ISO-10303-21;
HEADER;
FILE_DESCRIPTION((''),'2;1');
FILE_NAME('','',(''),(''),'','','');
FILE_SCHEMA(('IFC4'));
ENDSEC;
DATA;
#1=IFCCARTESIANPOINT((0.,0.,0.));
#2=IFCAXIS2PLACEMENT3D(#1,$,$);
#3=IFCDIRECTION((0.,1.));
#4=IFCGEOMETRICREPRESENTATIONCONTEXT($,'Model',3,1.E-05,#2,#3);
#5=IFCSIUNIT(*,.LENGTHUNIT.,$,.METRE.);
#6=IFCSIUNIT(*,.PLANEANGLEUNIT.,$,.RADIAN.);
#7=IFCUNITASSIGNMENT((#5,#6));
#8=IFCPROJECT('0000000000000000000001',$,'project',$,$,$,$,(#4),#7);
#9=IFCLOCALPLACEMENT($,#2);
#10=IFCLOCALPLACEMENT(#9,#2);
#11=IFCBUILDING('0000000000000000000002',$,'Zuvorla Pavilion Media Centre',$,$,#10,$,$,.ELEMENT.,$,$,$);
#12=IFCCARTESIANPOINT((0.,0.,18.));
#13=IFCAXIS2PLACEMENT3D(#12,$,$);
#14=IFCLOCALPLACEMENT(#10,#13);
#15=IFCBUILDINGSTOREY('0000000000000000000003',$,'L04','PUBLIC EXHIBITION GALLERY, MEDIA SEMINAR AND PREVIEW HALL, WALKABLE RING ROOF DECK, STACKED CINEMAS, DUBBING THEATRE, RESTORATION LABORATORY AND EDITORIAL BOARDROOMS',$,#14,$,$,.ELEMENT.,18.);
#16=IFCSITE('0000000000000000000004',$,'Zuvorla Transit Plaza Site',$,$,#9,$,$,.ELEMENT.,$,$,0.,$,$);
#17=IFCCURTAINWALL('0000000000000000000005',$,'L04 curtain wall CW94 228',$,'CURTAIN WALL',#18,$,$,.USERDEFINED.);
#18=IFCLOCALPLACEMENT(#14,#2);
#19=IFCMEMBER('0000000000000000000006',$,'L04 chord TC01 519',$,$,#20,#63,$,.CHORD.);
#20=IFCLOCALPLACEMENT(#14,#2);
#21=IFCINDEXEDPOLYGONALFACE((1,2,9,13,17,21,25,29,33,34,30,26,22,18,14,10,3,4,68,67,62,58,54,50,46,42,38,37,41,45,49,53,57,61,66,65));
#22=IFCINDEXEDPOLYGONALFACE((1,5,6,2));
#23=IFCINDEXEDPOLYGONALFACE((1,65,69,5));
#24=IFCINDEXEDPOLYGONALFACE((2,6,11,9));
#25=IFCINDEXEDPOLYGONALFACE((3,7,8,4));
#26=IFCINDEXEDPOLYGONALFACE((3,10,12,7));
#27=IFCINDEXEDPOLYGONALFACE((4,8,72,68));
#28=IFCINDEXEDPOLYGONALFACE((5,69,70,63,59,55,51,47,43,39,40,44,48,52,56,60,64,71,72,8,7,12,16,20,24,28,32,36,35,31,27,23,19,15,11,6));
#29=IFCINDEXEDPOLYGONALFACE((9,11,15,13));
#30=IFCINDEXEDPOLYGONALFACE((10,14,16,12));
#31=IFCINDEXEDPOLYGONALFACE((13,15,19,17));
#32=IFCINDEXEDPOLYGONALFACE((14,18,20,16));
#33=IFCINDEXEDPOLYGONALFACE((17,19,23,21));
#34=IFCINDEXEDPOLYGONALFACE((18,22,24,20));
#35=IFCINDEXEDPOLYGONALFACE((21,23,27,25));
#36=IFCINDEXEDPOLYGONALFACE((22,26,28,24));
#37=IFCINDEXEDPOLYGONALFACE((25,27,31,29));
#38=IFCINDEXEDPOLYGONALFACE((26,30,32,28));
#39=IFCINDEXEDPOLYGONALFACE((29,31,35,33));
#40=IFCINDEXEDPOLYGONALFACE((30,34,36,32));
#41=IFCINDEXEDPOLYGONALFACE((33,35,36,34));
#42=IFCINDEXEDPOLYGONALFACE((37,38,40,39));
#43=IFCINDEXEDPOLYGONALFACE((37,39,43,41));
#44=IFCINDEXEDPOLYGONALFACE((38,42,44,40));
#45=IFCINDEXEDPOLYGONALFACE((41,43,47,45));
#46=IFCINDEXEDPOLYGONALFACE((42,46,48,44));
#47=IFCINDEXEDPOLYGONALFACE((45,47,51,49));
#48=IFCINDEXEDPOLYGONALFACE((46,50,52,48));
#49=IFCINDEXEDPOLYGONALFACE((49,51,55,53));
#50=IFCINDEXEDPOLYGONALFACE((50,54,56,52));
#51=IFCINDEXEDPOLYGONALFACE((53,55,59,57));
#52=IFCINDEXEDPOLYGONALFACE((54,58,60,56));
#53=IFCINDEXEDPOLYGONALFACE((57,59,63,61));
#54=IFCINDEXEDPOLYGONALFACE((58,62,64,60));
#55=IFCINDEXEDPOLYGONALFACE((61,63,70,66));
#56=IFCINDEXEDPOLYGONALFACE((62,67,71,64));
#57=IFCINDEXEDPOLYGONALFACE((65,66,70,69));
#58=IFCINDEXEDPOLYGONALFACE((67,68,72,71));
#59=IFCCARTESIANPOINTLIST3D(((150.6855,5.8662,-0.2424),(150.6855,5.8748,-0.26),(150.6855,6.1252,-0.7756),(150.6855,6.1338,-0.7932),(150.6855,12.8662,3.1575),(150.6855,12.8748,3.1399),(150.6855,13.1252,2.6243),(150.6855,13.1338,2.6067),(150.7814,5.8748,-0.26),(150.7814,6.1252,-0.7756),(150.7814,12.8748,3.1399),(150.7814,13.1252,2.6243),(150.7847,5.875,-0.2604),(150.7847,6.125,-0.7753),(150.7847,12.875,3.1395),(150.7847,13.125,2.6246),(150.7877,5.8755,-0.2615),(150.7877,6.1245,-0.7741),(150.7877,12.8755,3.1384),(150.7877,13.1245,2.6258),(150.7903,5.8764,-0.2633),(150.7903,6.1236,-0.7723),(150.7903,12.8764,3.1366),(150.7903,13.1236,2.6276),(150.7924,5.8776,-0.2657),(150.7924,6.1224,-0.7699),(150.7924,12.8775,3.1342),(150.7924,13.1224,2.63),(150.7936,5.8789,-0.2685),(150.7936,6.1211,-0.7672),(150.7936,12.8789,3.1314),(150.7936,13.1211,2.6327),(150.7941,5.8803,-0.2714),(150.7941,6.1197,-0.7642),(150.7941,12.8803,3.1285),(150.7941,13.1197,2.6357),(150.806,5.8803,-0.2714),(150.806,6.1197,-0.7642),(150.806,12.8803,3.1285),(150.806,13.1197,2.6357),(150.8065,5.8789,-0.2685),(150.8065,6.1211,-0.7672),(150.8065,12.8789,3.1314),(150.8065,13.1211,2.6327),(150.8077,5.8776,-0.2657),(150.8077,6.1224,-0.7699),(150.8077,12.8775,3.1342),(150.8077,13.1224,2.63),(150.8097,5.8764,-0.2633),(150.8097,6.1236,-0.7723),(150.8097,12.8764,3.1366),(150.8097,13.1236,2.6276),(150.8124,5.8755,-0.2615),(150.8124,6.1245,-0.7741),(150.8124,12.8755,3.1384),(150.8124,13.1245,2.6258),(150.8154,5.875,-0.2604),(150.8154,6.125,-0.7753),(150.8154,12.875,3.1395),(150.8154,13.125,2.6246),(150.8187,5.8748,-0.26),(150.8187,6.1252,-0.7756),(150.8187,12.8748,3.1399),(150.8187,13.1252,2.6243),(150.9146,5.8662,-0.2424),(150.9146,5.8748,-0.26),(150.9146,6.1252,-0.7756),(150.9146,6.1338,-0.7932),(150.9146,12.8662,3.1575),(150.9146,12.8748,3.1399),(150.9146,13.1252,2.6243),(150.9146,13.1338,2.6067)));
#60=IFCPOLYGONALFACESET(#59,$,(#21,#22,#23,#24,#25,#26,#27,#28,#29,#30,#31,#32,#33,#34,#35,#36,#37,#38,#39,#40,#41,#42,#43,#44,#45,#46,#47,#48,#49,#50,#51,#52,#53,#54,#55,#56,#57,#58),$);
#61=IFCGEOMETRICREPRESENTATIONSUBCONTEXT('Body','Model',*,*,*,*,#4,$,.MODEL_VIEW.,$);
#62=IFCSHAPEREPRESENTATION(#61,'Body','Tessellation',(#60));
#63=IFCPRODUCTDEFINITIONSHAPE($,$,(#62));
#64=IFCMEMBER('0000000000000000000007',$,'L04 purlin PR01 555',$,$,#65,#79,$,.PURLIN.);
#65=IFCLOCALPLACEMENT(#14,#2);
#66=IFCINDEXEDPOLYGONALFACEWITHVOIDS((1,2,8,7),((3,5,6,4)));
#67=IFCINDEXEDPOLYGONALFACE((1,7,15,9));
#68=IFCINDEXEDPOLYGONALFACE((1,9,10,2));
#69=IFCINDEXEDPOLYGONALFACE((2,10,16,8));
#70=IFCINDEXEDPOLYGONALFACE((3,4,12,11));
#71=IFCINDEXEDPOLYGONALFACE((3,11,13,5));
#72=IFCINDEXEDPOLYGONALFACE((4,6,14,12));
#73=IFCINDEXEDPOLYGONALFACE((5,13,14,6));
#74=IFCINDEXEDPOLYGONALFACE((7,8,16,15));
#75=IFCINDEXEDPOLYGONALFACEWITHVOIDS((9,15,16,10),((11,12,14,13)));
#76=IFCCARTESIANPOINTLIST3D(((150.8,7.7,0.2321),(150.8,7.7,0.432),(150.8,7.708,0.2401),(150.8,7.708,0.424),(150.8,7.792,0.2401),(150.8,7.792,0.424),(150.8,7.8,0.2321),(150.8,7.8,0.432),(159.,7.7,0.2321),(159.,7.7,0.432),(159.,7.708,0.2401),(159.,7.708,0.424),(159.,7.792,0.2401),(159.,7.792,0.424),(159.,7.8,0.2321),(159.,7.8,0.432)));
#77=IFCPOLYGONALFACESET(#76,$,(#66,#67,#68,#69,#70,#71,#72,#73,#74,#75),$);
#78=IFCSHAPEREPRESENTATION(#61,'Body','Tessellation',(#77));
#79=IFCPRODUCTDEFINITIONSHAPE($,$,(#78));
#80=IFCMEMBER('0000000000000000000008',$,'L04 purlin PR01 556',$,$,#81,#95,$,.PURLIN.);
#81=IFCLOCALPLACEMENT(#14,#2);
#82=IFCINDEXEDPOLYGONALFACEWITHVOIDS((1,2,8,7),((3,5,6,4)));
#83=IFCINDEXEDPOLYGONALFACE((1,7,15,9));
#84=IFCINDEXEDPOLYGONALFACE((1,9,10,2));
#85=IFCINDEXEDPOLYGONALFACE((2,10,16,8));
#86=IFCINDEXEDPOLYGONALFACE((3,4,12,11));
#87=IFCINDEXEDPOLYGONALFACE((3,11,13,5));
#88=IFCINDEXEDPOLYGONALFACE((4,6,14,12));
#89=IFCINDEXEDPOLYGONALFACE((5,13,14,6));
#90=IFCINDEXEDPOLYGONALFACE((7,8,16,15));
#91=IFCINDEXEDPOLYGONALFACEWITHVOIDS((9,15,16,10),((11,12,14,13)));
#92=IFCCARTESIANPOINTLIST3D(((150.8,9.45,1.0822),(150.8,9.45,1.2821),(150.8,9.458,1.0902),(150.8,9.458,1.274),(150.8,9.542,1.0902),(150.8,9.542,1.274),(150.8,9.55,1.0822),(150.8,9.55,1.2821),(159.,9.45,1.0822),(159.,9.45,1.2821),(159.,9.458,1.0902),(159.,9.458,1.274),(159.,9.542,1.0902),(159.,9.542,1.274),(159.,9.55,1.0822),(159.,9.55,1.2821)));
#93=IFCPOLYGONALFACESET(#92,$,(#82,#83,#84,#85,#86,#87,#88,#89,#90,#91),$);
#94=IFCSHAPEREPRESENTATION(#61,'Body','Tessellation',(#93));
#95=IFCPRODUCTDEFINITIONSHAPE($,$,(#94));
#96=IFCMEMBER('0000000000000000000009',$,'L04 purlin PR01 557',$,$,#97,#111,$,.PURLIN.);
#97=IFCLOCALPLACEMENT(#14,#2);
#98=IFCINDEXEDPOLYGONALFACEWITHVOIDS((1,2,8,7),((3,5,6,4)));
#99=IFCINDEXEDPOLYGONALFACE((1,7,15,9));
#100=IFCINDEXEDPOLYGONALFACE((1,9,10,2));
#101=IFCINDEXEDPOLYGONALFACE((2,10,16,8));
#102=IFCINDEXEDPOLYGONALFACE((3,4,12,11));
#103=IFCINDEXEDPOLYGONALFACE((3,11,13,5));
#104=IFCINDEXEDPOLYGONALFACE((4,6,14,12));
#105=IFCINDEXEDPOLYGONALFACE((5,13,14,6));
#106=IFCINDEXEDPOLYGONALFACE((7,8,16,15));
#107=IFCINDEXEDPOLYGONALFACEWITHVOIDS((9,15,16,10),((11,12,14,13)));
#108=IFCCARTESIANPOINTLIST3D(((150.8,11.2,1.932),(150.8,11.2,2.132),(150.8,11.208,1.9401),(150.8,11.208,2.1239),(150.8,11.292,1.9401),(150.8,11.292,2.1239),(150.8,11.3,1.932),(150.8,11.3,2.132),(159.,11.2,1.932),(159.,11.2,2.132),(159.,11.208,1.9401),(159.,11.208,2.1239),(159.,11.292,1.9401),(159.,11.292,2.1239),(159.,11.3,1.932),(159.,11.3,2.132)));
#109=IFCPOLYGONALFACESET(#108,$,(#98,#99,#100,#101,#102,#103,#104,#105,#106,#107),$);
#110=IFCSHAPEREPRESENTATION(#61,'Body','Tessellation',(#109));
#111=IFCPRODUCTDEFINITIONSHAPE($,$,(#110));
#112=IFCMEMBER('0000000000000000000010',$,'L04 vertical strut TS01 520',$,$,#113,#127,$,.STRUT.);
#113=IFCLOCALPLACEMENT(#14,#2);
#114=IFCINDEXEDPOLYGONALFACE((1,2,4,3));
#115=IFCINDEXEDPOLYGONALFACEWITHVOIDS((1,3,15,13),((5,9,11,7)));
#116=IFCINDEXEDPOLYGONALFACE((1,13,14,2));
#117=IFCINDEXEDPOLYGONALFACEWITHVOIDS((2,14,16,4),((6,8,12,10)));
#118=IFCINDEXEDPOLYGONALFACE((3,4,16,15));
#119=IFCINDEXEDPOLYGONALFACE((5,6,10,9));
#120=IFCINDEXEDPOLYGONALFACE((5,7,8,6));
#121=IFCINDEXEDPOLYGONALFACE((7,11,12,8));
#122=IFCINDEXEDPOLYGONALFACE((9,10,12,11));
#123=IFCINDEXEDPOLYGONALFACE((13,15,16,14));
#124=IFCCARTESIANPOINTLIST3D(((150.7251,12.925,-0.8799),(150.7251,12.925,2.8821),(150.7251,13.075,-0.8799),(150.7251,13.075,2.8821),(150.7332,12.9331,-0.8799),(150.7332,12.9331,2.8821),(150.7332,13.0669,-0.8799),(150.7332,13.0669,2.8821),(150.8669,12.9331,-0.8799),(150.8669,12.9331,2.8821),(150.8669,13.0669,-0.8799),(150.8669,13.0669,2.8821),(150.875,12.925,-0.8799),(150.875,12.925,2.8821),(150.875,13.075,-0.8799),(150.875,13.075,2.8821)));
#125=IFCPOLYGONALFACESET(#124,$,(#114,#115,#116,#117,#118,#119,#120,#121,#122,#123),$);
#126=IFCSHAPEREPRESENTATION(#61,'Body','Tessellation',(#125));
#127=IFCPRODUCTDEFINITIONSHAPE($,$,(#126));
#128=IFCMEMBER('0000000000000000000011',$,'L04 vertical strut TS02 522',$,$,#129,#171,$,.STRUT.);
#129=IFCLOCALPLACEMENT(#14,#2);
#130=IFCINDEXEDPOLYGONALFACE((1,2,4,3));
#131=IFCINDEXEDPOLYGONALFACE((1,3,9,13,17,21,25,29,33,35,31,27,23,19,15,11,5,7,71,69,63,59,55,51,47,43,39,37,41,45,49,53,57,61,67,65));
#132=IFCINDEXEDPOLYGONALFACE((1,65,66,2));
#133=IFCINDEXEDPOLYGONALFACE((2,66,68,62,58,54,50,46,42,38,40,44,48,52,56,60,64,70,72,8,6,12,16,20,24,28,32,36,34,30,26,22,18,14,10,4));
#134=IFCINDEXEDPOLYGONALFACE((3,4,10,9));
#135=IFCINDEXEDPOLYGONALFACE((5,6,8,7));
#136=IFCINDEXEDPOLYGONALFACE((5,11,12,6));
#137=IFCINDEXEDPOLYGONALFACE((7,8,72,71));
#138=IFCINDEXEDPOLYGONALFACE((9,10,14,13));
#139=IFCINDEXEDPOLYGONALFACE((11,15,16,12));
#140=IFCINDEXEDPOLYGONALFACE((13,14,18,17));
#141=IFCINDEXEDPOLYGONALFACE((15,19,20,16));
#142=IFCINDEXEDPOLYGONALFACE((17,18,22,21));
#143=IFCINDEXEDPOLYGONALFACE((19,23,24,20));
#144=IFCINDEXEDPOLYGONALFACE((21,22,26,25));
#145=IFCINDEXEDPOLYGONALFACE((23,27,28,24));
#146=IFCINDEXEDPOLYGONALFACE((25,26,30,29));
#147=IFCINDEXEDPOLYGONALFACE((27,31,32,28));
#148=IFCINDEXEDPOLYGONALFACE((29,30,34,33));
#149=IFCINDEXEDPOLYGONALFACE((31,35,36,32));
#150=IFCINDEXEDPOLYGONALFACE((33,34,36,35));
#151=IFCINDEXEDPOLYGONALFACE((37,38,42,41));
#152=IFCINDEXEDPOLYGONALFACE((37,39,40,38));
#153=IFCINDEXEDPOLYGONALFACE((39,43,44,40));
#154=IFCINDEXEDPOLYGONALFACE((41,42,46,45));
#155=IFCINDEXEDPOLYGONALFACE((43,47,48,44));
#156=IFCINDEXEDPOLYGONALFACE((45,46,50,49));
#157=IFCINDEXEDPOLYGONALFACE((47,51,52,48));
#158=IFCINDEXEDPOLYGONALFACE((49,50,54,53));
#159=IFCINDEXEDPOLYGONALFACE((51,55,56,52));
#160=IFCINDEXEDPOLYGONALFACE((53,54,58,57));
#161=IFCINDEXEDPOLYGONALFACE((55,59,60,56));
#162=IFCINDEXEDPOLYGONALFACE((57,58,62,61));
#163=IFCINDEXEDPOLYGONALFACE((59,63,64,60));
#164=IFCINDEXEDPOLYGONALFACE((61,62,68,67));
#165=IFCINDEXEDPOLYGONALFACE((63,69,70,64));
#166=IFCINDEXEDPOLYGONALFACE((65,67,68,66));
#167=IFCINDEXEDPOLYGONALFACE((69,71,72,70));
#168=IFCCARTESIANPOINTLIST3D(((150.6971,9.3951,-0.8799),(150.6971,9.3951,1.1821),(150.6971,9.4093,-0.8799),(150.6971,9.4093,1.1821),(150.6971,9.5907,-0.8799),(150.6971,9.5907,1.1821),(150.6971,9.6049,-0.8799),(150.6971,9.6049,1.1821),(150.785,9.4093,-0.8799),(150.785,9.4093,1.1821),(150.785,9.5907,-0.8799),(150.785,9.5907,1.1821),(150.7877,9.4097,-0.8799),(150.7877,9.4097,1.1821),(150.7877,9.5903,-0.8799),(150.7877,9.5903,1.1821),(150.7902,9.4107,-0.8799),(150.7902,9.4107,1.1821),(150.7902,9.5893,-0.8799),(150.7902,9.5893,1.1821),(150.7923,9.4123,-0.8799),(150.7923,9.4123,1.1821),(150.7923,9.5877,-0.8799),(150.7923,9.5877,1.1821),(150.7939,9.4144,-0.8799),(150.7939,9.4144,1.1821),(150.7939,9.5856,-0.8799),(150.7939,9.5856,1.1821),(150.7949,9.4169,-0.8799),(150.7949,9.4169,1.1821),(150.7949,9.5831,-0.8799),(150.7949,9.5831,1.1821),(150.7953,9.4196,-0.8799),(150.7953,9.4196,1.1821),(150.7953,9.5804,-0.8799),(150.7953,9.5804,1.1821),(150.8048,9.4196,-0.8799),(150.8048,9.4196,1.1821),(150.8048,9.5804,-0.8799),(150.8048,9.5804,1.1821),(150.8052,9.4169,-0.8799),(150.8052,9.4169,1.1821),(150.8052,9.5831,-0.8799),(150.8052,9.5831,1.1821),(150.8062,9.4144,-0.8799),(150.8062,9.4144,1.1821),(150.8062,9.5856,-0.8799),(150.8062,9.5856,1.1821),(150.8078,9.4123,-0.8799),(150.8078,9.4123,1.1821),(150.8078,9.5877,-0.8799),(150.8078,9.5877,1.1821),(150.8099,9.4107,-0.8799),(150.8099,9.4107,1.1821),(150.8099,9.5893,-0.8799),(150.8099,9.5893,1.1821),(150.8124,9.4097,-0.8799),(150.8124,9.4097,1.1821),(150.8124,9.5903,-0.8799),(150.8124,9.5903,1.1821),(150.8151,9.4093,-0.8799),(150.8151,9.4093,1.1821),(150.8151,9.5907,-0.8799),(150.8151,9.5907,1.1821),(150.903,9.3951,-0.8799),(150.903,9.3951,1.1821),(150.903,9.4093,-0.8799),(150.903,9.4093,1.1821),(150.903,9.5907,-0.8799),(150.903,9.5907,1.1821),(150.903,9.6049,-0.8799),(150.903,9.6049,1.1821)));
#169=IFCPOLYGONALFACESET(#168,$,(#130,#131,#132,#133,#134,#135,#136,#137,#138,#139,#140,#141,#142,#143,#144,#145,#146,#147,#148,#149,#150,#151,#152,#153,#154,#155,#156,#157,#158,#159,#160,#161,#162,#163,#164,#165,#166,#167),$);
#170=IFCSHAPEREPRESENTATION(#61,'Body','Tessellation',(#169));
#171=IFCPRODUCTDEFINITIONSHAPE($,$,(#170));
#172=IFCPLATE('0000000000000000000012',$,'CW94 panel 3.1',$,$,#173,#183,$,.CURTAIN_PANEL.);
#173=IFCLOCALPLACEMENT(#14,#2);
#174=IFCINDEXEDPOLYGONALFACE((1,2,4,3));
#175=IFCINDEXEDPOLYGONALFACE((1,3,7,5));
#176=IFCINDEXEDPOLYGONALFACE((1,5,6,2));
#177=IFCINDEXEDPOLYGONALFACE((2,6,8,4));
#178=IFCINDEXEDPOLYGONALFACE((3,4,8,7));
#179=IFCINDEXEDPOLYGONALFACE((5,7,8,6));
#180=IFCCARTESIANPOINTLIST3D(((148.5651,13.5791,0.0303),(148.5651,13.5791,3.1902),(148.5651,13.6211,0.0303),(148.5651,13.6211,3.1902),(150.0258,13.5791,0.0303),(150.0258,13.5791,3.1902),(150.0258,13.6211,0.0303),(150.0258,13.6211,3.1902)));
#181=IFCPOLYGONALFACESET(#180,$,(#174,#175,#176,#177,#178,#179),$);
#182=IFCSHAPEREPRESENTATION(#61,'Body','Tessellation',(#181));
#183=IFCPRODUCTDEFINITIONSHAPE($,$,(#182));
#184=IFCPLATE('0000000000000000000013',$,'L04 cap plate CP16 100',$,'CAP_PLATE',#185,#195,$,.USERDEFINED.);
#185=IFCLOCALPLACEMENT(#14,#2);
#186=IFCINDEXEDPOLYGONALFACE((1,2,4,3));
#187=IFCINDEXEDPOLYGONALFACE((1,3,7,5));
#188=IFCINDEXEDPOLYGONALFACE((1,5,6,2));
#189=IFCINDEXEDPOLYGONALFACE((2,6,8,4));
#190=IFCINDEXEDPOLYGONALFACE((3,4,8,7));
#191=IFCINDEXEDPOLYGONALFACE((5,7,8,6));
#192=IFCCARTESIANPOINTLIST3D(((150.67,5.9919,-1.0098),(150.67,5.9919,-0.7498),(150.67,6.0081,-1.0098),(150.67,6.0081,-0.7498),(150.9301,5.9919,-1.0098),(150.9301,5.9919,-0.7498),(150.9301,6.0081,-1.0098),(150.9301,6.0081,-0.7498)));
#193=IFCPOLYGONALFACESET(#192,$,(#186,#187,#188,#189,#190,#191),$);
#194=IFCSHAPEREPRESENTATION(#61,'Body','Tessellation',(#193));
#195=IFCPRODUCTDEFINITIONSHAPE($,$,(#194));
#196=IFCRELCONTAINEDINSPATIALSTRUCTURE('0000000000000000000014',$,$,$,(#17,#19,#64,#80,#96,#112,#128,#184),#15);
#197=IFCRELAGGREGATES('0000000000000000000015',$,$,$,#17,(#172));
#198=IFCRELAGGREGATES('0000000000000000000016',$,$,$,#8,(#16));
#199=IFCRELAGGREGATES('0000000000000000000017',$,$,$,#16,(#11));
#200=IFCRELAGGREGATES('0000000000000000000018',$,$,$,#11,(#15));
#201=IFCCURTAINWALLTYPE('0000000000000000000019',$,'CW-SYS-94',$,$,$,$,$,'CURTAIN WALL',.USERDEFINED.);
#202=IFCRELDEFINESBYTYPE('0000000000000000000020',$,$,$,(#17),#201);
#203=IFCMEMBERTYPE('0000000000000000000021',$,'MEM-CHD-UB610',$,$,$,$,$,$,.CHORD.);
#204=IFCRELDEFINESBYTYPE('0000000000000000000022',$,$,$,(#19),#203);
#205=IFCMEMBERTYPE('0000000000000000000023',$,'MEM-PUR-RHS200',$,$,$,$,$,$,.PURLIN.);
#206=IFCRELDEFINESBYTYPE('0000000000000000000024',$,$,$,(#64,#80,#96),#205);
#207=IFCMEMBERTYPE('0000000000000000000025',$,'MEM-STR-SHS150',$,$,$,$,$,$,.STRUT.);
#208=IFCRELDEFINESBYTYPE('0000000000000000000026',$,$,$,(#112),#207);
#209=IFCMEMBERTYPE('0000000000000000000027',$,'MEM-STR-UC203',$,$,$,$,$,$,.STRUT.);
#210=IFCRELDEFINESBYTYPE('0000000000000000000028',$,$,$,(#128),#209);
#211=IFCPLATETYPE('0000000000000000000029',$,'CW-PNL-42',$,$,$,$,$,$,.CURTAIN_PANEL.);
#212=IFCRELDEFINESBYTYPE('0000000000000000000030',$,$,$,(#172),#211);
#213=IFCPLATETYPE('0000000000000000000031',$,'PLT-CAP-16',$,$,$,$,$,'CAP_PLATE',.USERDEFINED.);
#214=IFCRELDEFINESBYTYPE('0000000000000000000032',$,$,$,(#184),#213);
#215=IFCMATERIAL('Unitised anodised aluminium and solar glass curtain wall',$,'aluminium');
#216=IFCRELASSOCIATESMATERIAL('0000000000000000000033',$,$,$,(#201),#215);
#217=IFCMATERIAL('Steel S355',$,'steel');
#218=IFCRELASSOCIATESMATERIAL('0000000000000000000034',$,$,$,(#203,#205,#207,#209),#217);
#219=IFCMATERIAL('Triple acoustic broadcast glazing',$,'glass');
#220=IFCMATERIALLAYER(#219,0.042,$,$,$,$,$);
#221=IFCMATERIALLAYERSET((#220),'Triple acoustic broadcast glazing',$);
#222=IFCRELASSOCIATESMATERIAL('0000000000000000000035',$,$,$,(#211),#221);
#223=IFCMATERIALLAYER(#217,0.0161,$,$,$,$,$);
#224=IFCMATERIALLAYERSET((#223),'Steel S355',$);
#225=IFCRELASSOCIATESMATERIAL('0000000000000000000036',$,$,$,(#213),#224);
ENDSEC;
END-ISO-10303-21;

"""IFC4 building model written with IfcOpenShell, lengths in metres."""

from ifc_helpers import new_model, si_unit, direction, frame, origin, origin_2d, place, context, subcontext, project, spatial, rectangle, hollow_rectangle, i_section, extrude, material, layer, layer_set, material_profile, profile_set, type_object, element, aggregate, save


model = new_model("IFC4")

# Units and contexts
model_context = context("Model", 3, precision=1e-05, world=origin(), true_north=direction((0.0, 1.0)))
body_context = subcontext(model_context, "Body", "Model", "MODEL_VIEW")
ifc_project = project(units=[si_unit("LENGTHUNIT", "METRE"), si_unit("PLANEANGLEUNIT", "RADIAN")], contexts=[model_context])

# Site, building, storey
site_placement = place(None, origin())
site = spatial("IfcSite", under=ifc_project, at=site_placement, Name="Zuvorla Transit Plaza Site", CompositionType="ELEMENT", RefElevation=0.0)
building_placement = place(site_placement, origin())
building = spatial("IfcBuilding", under=site, at=building_placement, Name="Zuvorla Pavilion Media Centre", CompositionType="ELEMENT")
storey_placement = place(building_placement, frame((0.0, 0.0, 18.0)))
storey = spatial("IfcBuildingStorey", under=building, at=storey_placement, Name="L04", Description="PUBLIC EXHIBITION GALLERY, MEDIA SEMINAR AND PREVIEW HALL, WALKABLE RING ROOF DECK, STACKED CINEMAS, DUBBING THEATRE, RESTORATION LABORATORY AND EDITORIAL BOARDROOMS", CompositionType="ELEMENT", Elevation=18.0)

# Shared definitions
ifc_material_1 = material(Name="Steel S355", Category="steel")

# Curtain wall
ifc_material_2 = material(Name="Unitised anodised aluminium and solar glass curtain wall", Category="aluminium")
curtain_wall_type = type_object("IfcCurtainWallType", Name="CW-SYS-94", ElementType="CURTAIN WALL", PredefinedType="USERDEFINED", material=ifc_material_2)
curtain_wall_placement = place(storey_placement, origin())
curtain_wall = element("IfcCurtainWall", 1, at=curtain_wall_placement, inside=storey, type_object=curtain_wall_type, Name="L04 curtain wall CW94 228", ObjectType="CURTAIN WALL", PredefinedType="USERDEFINED")

# Members
ifc_material_profile_1 = material_profile(ifc_material_1, i_section(OverallWidth=0.229, OverallDepth=0.6123, WebThickness=0.012, FlangeThickness=0.0195, FilletRadius=0.0127, at=origin_2d()), Name="UB 610x229x125")
ifc_profile_set_1 = profile_set([ifc_material_profile_1], Name="Steel S355")
member_type_1 = type_object("IfcMemberType", Name="MEM-CHD-UB610", PredefinedType="CHORD", material=ifc_profile_set_1)
member_1_placement = place(storey_placement, frame((150.8, 6.0, -0.5178), z_axis=(0.0, 0.899513, 0.436894), x_axis=(-1.0, 0.0, 0.0)))
element("IfcMember", 2, at=member_1_placement, inside=storey, type_object=member_type_1, Name="L04 chord TC01 519", PredefinedType="CHORD", context=body_context, shape_type="SweptSolid", body=[
    extrude(i_section(OverallWidth=0.229, OverallDepth=0.6123, WebThickness=0.012, FlangeThickness=0.0195, FilletRadius=0.0127, at=origin_2d()), origin(), (0.0, 0.0, 1.0), 7.782),
])
ifc_material_profile_2 = material_profile(ifc_material_1, hollow_rectangle(XDim=0.1001, YDim=0.2, WallThickness=0.0081, at=origin_2d()), Name="RHS 200x100x8")
ifc_profile_set_2 = profile_set([ifc_material_profile_2], Name="Steel S355")
member_type_2 = type_object("IfcMemberType", Name="MEM-PUR-RHS200", PredefinedType="PURLIN", material=ifc_profile_set_2)
for number, where, z_axis, x_axis, name in (
    (3, (150.8, 7.75, 0.332), (1.0, 0.0, 0.0), (0.0, 1.0, 0.0), "L04 purlin PR01 555"),
    (4, (150.8, 9.5, 1.1821), (1.0, 0.0, 0.0), (0.0, 1.0, 0.0), "L04 purlin PR01 556"),
    (5, (150.8, 11.25, 2.032), (1.0, 0.0, 0.0), (0.0, 1.0, 0.0), "L04 purlin PR01 557"),
):
    element("IfcMember", number, at=place(storey_placement, frame(where, z_axis=z_axis, x_axis=x_axis)), inside=storey, type_object=member_type_2, Name=name, PredefinedType="PURLIN", context=body_context, shape_type="SweptSolid", body=[
        extrude(hollow_rectangle(XDim=0.1001, YDim=0.2, WallThickness=0.0081, at=origin_2d()), origin(), (0.0, 0.0, 1.0), 8.2),
    ])
ifc_material_profile_3 = material_profile(ifc_material_1, hollow_rectangle(XDim=0.1499, YDim=0.1499, WallThickness=0.0081, at=origin_2d()), Name="SHS 150x150x8")
ifc_profile_set_3 = profile_set([ifc_material_profile_3], Name="Steel S355")
member_type_3 = type_object("IfcMemberType", Name="MEM-STR-SHS150", PredefinedType="STRUT", material=ifc_profile_set_3)
member_2_placement = place(storey_placement, frame((150.8, 13.0, -0.8799), z_axis=(0.0, 0.0, 1.0), x_axis=(1.0, 0.0, 0.0)))
element("IfcMember", 6, at=member_2_placement, inside=storey, type_object=member_type_3, Name="L04 vertical strut TS01 520", PredefinedType="STRUT", context=body_context, shape_type="SweptSolid", body=[
    extrude(hollow_rectangle(XDim=0.1499, YDim=0.1499, WallThickness=0.0081, at=origin_2d()), origin(), (0.0, 0.0, 1.0), 3.762),
])
ifc_material_profile_4 = material_profile(ifc_material_1, i_section(OverallWidth=0.2058, OverallDepth=0.2097, WebThickness=0.0095, FlangeThickness=0.0142, FilletRadius=0.0103, at=origin_2d()), Name="UC 203x203x60")
ifc_profile_set_4 = profile_set([ifc_material_profile_4], Name="Steel S355")
member_type_4 = type_object("IfcMemberType", Name="MEM-STR-UC203", PredefinedType="STRUT", material=ifc_profile_set_4)
member_3_placement = place(storey_placement, frame((150.8, 9.5, -0.8799), z_axis=(0.0, 0.0, 1.0), x_axis=(1.0, 0.0, 0.0)))
element("IfcMember", 7, at=member_3_placement, inside=storey, type_object=member_type_4, Name="L04 vertical strut TS02 522", PredefinedType="STRUT", context=body_context, shape_type="SweptSolid", body=[
    extrude(i_section(OverallWidth=0.2058, OverallDepth=0.2097, WebThickness=0.0095, FlangeThickness=0.0142, FilletRadius=0.0103, at=origin_2d()), origin(), (0.0, 0.0, 1.0), 2.062),
])

# Plate
ifc_material_3 = material(Name="Triple acoustic broadcast glazing", Category="glass")
ifc_layer_1 = layer(ifc_material_3, 0.042)
ifc_layer_set_1 = layer_set([ifc_layer_1], Name="Triple acoustic broadcast glazing")
plate_type_1 = type_object("IfcPlateType", Name="CW-PNL-42", PredefinedType="CURTAIN_PANEL", material=ifc_layer_set_1)
plate_1_placement = place(storey_placement, frame((149.2954, 13.6001, 0.0303), z_axis=(0.0, 0.0, 1.0), x_axis=(1.0, 0.0, 0.0)))
plate_1 = element("IfcPlate", 8, at=plate_1_placement, type_object=plate_type_1, Name="CW94 panel 3.1", PredefinedType="CURTAIN_PANEL", context=body_context, shape_type="SweptSolid", body=[
    extrude(rectangle(XDim=1.4607, YDim=0.042, at=origin_2d()), origin(), (0.0, 0.0, 1.0), 3.1599),
])
aggregate(curtain_wall, [plate_1])

# Plate
ifc_layer_2 = layer(ifc_material_1, 0.0161)
ifc_layer_set_2 = layer_set([ifc_layer_2], Name="Steel S355")
plate_type_2 = type_object("IfcPlateType", Name="PLT-CAP-16", ElementType="CAP_PLATE", PredefinedType="USERDEFINED", material=ifc_layer_set_2)
plate_2_placement = place(storey_placement, frame((150.8, 6.0, -1.0098), z_axis=(0.0, 0.0, 1.0), x_axis=(1.0, 0.0, 0.0)))
element("IfcPlate", 9, at=plate_2_placement, inside=storey, type_object=plate_type_2, Name="L04 cap plate CP16 100", ObjectType="CAP_PLATE", PredefinedType="USERDEFINED", context=body_context, shape_type="SweptSolid", body=[
    extrude(rectangle(XDim=0.26, YDim=0.0161, at=origin_2d()), origin(), (0.0, 0.0, 1.0), 0.26),
])

save(model, "model.ifc")
